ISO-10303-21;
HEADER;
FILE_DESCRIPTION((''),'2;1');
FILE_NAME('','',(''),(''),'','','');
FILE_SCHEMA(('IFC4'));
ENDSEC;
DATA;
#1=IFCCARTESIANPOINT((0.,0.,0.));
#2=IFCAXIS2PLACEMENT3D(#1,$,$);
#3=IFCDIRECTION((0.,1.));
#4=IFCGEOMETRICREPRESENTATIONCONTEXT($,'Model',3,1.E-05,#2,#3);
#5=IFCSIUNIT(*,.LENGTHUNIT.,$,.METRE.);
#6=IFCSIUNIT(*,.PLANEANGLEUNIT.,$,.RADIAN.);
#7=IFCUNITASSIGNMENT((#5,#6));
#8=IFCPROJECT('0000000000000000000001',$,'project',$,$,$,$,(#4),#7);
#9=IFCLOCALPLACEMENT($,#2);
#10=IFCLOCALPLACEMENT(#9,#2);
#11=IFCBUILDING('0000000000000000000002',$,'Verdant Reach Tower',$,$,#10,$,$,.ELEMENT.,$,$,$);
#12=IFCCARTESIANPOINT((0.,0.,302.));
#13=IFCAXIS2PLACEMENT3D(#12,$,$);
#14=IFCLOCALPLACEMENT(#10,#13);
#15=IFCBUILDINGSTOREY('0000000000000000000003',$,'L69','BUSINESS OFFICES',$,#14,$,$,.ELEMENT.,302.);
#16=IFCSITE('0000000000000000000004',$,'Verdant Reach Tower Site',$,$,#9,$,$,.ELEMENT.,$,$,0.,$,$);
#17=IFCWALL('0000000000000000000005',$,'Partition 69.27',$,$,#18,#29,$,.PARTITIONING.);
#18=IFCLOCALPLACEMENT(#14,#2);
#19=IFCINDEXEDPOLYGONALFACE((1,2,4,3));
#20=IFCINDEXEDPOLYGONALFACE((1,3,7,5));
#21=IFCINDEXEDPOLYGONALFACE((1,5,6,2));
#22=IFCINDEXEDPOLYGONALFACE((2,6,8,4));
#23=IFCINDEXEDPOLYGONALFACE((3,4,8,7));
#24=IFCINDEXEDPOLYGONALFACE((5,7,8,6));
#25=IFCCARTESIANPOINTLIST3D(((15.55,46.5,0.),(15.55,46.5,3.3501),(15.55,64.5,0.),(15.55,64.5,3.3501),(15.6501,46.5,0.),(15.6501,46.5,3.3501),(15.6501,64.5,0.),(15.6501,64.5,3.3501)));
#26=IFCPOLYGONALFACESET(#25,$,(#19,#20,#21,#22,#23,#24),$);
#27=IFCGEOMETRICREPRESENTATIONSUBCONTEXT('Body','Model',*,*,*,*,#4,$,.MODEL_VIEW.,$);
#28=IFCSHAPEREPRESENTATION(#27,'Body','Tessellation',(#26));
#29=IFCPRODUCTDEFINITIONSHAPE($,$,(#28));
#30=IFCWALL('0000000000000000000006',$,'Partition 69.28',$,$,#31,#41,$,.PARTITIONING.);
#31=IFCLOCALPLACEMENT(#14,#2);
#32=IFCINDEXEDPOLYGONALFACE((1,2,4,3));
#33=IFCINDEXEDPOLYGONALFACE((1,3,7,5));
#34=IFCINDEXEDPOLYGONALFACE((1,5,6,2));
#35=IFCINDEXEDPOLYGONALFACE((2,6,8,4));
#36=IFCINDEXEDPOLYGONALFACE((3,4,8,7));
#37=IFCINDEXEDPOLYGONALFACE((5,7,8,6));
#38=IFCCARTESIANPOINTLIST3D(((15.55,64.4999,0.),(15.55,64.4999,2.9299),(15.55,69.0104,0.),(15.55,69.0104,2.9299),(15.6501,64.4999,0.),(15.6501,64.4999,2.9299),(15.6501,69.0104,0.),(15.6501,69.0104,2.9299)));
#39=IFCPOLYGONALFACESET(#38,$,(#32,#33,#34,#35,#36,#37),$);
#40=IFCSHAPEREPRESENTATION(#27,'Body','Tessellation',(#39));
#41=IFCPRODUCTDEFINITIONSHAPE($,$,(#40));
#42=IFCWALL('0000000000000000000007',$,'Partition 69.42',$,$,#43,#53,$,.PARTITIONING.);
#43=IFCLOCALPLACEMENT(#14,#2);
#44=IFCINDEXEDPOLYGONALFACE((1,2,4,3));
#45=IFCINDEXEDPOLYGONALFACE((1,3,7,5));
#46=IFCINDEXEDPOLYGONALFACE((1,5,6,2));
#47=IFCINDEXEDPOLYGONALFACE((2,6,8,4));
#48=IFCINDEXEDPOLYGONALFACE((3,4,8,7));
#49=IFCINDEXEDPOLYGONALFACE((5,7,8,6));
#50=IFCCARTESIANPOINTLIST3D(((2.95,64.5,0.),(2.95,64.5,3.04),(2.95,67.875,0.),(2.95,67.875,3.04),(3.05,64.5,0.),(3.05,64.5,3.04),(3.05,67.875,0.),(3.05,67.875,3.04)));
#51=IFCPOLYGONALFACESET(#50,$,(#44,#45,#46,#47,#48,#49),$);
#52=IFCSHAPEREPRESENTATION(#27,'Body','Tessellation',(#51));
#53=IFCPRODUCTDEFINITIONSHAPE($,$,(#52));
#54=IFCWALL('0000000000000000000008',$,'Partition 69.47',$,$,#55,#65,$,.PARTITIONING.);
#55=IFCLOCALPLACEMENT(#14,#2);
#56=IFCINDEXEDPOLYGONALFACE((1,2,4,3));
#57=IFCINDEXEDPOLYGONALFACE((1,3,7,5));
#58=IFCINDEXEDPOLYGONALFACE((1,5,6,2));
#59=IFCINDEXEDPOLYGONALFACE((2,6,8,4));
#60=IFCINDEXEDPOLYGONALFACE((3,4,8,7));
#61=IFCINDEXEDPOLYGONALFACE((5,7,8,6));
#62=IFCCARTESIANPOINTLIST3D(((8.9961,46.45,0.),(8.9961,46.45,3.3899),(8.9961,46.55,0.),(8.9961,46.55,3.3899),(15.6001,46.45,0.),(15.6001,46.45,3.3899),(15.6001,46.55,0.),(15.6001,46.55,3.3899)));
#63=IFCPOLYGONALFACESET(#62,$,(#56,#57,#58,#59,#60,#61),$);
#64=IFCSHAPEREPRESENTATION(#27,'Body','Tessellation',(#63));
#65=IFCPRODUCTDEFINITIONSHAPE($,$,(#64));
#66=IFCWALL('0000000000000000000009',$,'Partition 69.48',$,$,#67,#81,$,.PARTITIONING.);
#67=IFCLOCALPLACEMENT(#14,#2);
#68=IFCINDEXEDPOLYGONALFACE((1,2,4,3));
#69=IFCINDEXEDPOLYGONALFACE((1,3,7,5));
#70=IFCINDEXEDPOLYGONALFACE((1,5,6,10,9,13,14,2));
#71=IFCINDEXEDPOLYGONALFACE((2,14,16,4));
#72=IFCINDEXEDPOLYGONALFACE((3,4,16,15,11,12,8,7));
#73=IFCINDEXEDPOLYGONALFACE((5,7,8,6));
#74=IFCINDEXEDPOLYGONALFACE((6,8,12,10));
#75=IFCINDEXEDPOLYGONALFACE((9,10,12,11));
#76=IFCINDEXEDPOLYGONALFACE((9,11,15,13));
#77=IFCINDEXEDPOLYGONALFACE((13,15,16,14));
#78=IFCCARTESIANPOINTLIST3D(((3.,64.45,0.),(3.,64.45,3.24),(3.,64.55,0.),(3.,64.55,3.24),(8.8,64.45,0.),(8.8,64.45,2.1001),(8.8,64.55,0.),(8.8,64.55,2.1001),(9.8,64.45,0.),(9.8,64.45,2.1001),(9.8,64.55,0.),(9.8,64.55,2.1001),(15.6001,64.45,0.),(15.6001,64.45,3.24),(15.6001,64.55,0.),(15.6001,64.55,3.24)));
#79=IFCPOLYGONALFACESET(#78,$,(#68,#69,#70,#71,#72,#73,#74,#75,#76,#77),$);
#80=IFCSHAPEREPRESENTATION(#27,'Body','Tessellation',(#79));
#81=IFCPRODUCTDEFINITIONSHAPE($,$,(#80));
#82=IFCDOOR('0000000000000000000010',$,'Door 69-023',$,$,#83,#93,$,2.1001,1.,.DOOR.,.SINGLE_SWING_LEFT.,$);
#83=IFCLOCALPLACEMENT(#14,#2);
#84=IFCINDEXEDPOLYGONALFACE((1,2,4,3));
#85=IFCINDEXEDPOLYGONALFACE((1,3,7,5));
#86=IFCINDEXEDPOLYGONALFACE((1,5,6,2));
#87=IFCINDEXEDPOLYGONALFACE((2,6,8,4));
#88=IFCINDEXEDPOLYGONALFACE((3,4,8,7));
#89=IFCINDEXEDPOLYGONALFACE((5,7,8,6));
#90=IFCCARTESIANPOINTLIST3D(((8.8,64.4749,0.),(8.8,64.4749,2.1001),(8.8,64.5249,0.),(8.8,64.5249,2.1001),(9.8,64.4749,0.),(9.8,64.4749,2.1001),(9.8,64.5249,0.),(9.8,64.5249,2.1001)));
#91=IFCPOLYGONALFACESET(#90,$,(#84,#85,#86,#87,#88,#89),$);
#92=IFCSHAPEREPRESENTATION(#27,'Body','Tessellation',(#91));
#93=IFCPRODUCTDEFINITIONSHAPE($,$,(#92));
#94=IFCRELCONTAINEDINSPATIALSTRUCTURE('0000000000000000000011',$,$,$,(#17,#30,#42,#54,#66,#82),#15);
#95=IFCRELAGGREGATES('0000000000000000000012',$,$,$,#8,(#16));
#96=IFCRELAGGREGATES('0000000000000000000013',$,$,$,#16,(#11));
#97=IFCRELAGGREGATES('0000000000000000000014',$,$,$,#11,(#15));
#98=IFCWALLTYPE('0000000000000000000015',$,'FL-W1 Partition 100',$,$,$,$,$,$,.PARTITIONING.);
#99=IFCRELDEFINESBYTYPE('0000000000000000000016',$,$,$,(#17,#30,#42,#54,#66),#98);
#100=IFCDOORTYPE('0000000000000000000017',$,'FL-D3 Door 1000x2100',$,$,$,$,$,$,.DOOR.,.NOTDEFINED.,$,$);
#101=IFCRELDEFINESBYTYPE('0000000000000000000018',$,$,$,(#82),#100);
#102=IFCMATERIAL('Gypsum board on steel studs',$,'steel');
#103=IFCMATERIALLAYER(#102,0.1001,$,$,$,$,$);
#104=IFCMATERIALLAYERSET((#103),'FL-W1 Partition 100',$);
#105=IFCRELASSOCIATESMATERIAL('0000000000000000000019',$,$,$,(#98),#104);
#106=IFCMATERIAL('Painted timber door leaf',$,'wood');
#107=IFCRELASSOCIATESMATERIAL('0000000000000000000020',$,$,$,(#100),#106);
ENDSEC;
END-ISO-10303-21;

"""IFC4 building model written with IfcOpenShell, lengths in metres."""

from ifc_helpers import new_model, si_unit, direction, frame, frame_2d, origin, place, context, subcontext, project, spatial, rectangle, extrude, material, layer, layer_set, type_object, element, fill, save


model = new_model("IFC4")

# Units and contexts
model_context = context("Model", 3, precision=1e-05, world=origin(), true_north=direction((0.0, 1.0)))
body_context = subcontext(model_context, "Body", "Model", "MODEL_VIEW")
ifc_project = project(units=[si_unit("LENGTHUNIT", "METRE"), si_unit("PLANEANGLEUNIT", "RADIAN")], contexts=[model_context])

# Site, building, storey
site_placement = place(None, origin())
site = spatial("IfcSite", under=ifc_project, at=site_placement, Name="Verdant Reach Tower Site", CompositionType="ELEMENT", RefElevation=0.0)
building_placement = place(site_placement, origin())
building = spatial("IfcBuilding", under=site, at=building_placement, Name="Verdant Reach Tower", CompositionType="ELEMENT")
storey_placement = place(building_placement, frame((0.0, 0.0, 302.0)))
storey = spatial("IfcBuildingStorey", under=building, at=storey_placement, Name="L69", Description="BUSINESS OFFICES", CompositionType="ELEMENT", Elevation=302.0)

# Walls
ifc_material_1 = material(Name="Gypsum board on steel studs", Category="steel")
ifc_layer_1 = layer(ifc_material_1, 0.1001)
ifc_layer_set_1 = layer_set([ifc_layer_1], Name="FL-W1 Partition 100")
wall_type = type_object("IfcWallType", Name="FL-W1 Partition 100", PredefinedType="PARTITIONING", material=ifc_layer_set_1)
wall_1_placement = place(storey_placement, frame((15.6001, 64.5, 0.0), z_axis=(0.0, 0.0, 1.0), x_axis=(0.0, -1.0, 0.0)))
element("IfcWall", 1, at=wall_1_placement, inside=storey, type_object=wall_type, Name="Partition 69.27", PredefinedType="PARTITIONING", context=body_context, shape_type="SweptSolid", body=[
    extrude(rectangle(XDim=18.0, YDim=0.1001, at=frame_2d((9.0, 0.0))), origin(), (0.0, 0.0, 1.0), 3.3501),
])
wall_2_placement = place(storey_placement, frame((15.6001, 69.0105, 0.0), z_axis=(0.0, 0.0, 1.0), x_axis=(0.0, -1.0, 0.0)))
element("IfcWall", 2, at=wall_2_placement, inside=storey, type_object=wall_type, Name="Partition 69.28", PredefinedType="PARTITIONING", context=body_context, shape_type="SweptSolid", body=[
    extrude(rectangle(XDim=4.5105, YDim=0.1001, at=frame_2d((2.2554, 0.0))), origin(), (0.0, 0.0, 1.0), 2.9299),
])
wall_3_placement = place(storey_placement, frame((3.0, 64.5, 0.0), z_axis=(0.0, 0.0, 1.0), x_axis=(0.0, 1.0, 0.0)))
element("IfcWall", 3, at=wall_3_placement, inside=storey, type_object=wall_type, Name="Partition 69.42", PredefinedType="PARTITIONING", context=body_context, shape_type="SweptSolid", body=[
    extrude(rectangle(XDim=3.375, YDim=0.1001, at=frame_2d((1.6875, 0.0))), origin(), (0.0, 0.0, 1.0), 3.04),
])
wall_4_placement = place(storey_placement, frame((15.6001, 46.5, 0.0), z_axis=(0.0, 0.0, 1.0), x_axis=(-1.0, 0.0, 0.0)))
element("IfcWall", 4, at=wall_4_placement, inside=storey, type_object=wall_type, Name="Partition 69.47", PredefinedType="PARTITIONING", context=body_context, shape_type="SweptSolid", body=[
    extrude(rectangle(XDim=6.604, YDim=0.1001, at=frame_2d((3.302, 0.0))), origin(), (0.0, 0.0, 1.0), 3.3899),
])

# Wall, opening, door
wall_5_placement = place(storey_placement, frame((3.0, 64.5, 0.0), z_axis=(0.0, 0.0, 1.0), x_axis=(1.0, 0.0, 0.0)))
wall_5 = element("IfcWall", 5, at=wall_5_placement, inside=storey, type_object=wall_type, Name="Partition 69.48", PredefinedType="PARTITIONING", context=body_context, shape_type="SweptSolid", body=[
    extrude(rectangle(XDim=12.6001, YDim=0.1001, at=frame_2d((6.3, 0.0))), origin(), (0.0, 0.0, 1.0), 3.24),
])
opening_placement = place(wall_5_placement, frame((5.8, 0.0, 0.0)))
opening = element("IfcOpeningElement", 6, at=opening_placement, cuts=wall_5, PredefinedType="OPENING", context=body_context, shape_type="SweptSolid", body=[
    extrude(rectangle(XDim=1.0, YDim=2.1001, at=frame_2d((0.5, 1.05))), frame((0.0, 0.0601, 0.0), z_axis=(0.0, -1.0, 0.0), x_axis=(1.0, 0.0, 0.0)), (0.0, 0.0, 1.0), 0.1201),
])
ifc_material_2 = material(Name="Painted timber door leaf", Category="wood")
door_type = type_object("IfcDoorType", Name="FL-D3 Door 1000x2100", OperationType="NOTDEFINED", PredefinedType="DOOR", material=ifc_material_2)
door_placement = place(opening_placement, origin())
door = element("IfcDoor", 7, at=door_placement, inside=storey, type_object=door_type, Name="Door 69-023", OperationType="SINGLE_SWING_LEFT", OverallHeight=2.1001, OverallWidth=1.0, PredefinedType="DOOR", context=body_context, shape_type="SweptSolid", body=[
    extrude(rectangle(XDim=1.0, YDim=2.1001, at=frame_2d((0.5, 1.05))), frame((0.0, 0.0249, 0.0), z_axis=(0.0, -1.0, 0.0), x_axis=(1.0, 0.0, 0.0)), (0.0, 0.0, 1.0), 0.05),
])
fill(opening, door)

save(model, "model.ifc")
